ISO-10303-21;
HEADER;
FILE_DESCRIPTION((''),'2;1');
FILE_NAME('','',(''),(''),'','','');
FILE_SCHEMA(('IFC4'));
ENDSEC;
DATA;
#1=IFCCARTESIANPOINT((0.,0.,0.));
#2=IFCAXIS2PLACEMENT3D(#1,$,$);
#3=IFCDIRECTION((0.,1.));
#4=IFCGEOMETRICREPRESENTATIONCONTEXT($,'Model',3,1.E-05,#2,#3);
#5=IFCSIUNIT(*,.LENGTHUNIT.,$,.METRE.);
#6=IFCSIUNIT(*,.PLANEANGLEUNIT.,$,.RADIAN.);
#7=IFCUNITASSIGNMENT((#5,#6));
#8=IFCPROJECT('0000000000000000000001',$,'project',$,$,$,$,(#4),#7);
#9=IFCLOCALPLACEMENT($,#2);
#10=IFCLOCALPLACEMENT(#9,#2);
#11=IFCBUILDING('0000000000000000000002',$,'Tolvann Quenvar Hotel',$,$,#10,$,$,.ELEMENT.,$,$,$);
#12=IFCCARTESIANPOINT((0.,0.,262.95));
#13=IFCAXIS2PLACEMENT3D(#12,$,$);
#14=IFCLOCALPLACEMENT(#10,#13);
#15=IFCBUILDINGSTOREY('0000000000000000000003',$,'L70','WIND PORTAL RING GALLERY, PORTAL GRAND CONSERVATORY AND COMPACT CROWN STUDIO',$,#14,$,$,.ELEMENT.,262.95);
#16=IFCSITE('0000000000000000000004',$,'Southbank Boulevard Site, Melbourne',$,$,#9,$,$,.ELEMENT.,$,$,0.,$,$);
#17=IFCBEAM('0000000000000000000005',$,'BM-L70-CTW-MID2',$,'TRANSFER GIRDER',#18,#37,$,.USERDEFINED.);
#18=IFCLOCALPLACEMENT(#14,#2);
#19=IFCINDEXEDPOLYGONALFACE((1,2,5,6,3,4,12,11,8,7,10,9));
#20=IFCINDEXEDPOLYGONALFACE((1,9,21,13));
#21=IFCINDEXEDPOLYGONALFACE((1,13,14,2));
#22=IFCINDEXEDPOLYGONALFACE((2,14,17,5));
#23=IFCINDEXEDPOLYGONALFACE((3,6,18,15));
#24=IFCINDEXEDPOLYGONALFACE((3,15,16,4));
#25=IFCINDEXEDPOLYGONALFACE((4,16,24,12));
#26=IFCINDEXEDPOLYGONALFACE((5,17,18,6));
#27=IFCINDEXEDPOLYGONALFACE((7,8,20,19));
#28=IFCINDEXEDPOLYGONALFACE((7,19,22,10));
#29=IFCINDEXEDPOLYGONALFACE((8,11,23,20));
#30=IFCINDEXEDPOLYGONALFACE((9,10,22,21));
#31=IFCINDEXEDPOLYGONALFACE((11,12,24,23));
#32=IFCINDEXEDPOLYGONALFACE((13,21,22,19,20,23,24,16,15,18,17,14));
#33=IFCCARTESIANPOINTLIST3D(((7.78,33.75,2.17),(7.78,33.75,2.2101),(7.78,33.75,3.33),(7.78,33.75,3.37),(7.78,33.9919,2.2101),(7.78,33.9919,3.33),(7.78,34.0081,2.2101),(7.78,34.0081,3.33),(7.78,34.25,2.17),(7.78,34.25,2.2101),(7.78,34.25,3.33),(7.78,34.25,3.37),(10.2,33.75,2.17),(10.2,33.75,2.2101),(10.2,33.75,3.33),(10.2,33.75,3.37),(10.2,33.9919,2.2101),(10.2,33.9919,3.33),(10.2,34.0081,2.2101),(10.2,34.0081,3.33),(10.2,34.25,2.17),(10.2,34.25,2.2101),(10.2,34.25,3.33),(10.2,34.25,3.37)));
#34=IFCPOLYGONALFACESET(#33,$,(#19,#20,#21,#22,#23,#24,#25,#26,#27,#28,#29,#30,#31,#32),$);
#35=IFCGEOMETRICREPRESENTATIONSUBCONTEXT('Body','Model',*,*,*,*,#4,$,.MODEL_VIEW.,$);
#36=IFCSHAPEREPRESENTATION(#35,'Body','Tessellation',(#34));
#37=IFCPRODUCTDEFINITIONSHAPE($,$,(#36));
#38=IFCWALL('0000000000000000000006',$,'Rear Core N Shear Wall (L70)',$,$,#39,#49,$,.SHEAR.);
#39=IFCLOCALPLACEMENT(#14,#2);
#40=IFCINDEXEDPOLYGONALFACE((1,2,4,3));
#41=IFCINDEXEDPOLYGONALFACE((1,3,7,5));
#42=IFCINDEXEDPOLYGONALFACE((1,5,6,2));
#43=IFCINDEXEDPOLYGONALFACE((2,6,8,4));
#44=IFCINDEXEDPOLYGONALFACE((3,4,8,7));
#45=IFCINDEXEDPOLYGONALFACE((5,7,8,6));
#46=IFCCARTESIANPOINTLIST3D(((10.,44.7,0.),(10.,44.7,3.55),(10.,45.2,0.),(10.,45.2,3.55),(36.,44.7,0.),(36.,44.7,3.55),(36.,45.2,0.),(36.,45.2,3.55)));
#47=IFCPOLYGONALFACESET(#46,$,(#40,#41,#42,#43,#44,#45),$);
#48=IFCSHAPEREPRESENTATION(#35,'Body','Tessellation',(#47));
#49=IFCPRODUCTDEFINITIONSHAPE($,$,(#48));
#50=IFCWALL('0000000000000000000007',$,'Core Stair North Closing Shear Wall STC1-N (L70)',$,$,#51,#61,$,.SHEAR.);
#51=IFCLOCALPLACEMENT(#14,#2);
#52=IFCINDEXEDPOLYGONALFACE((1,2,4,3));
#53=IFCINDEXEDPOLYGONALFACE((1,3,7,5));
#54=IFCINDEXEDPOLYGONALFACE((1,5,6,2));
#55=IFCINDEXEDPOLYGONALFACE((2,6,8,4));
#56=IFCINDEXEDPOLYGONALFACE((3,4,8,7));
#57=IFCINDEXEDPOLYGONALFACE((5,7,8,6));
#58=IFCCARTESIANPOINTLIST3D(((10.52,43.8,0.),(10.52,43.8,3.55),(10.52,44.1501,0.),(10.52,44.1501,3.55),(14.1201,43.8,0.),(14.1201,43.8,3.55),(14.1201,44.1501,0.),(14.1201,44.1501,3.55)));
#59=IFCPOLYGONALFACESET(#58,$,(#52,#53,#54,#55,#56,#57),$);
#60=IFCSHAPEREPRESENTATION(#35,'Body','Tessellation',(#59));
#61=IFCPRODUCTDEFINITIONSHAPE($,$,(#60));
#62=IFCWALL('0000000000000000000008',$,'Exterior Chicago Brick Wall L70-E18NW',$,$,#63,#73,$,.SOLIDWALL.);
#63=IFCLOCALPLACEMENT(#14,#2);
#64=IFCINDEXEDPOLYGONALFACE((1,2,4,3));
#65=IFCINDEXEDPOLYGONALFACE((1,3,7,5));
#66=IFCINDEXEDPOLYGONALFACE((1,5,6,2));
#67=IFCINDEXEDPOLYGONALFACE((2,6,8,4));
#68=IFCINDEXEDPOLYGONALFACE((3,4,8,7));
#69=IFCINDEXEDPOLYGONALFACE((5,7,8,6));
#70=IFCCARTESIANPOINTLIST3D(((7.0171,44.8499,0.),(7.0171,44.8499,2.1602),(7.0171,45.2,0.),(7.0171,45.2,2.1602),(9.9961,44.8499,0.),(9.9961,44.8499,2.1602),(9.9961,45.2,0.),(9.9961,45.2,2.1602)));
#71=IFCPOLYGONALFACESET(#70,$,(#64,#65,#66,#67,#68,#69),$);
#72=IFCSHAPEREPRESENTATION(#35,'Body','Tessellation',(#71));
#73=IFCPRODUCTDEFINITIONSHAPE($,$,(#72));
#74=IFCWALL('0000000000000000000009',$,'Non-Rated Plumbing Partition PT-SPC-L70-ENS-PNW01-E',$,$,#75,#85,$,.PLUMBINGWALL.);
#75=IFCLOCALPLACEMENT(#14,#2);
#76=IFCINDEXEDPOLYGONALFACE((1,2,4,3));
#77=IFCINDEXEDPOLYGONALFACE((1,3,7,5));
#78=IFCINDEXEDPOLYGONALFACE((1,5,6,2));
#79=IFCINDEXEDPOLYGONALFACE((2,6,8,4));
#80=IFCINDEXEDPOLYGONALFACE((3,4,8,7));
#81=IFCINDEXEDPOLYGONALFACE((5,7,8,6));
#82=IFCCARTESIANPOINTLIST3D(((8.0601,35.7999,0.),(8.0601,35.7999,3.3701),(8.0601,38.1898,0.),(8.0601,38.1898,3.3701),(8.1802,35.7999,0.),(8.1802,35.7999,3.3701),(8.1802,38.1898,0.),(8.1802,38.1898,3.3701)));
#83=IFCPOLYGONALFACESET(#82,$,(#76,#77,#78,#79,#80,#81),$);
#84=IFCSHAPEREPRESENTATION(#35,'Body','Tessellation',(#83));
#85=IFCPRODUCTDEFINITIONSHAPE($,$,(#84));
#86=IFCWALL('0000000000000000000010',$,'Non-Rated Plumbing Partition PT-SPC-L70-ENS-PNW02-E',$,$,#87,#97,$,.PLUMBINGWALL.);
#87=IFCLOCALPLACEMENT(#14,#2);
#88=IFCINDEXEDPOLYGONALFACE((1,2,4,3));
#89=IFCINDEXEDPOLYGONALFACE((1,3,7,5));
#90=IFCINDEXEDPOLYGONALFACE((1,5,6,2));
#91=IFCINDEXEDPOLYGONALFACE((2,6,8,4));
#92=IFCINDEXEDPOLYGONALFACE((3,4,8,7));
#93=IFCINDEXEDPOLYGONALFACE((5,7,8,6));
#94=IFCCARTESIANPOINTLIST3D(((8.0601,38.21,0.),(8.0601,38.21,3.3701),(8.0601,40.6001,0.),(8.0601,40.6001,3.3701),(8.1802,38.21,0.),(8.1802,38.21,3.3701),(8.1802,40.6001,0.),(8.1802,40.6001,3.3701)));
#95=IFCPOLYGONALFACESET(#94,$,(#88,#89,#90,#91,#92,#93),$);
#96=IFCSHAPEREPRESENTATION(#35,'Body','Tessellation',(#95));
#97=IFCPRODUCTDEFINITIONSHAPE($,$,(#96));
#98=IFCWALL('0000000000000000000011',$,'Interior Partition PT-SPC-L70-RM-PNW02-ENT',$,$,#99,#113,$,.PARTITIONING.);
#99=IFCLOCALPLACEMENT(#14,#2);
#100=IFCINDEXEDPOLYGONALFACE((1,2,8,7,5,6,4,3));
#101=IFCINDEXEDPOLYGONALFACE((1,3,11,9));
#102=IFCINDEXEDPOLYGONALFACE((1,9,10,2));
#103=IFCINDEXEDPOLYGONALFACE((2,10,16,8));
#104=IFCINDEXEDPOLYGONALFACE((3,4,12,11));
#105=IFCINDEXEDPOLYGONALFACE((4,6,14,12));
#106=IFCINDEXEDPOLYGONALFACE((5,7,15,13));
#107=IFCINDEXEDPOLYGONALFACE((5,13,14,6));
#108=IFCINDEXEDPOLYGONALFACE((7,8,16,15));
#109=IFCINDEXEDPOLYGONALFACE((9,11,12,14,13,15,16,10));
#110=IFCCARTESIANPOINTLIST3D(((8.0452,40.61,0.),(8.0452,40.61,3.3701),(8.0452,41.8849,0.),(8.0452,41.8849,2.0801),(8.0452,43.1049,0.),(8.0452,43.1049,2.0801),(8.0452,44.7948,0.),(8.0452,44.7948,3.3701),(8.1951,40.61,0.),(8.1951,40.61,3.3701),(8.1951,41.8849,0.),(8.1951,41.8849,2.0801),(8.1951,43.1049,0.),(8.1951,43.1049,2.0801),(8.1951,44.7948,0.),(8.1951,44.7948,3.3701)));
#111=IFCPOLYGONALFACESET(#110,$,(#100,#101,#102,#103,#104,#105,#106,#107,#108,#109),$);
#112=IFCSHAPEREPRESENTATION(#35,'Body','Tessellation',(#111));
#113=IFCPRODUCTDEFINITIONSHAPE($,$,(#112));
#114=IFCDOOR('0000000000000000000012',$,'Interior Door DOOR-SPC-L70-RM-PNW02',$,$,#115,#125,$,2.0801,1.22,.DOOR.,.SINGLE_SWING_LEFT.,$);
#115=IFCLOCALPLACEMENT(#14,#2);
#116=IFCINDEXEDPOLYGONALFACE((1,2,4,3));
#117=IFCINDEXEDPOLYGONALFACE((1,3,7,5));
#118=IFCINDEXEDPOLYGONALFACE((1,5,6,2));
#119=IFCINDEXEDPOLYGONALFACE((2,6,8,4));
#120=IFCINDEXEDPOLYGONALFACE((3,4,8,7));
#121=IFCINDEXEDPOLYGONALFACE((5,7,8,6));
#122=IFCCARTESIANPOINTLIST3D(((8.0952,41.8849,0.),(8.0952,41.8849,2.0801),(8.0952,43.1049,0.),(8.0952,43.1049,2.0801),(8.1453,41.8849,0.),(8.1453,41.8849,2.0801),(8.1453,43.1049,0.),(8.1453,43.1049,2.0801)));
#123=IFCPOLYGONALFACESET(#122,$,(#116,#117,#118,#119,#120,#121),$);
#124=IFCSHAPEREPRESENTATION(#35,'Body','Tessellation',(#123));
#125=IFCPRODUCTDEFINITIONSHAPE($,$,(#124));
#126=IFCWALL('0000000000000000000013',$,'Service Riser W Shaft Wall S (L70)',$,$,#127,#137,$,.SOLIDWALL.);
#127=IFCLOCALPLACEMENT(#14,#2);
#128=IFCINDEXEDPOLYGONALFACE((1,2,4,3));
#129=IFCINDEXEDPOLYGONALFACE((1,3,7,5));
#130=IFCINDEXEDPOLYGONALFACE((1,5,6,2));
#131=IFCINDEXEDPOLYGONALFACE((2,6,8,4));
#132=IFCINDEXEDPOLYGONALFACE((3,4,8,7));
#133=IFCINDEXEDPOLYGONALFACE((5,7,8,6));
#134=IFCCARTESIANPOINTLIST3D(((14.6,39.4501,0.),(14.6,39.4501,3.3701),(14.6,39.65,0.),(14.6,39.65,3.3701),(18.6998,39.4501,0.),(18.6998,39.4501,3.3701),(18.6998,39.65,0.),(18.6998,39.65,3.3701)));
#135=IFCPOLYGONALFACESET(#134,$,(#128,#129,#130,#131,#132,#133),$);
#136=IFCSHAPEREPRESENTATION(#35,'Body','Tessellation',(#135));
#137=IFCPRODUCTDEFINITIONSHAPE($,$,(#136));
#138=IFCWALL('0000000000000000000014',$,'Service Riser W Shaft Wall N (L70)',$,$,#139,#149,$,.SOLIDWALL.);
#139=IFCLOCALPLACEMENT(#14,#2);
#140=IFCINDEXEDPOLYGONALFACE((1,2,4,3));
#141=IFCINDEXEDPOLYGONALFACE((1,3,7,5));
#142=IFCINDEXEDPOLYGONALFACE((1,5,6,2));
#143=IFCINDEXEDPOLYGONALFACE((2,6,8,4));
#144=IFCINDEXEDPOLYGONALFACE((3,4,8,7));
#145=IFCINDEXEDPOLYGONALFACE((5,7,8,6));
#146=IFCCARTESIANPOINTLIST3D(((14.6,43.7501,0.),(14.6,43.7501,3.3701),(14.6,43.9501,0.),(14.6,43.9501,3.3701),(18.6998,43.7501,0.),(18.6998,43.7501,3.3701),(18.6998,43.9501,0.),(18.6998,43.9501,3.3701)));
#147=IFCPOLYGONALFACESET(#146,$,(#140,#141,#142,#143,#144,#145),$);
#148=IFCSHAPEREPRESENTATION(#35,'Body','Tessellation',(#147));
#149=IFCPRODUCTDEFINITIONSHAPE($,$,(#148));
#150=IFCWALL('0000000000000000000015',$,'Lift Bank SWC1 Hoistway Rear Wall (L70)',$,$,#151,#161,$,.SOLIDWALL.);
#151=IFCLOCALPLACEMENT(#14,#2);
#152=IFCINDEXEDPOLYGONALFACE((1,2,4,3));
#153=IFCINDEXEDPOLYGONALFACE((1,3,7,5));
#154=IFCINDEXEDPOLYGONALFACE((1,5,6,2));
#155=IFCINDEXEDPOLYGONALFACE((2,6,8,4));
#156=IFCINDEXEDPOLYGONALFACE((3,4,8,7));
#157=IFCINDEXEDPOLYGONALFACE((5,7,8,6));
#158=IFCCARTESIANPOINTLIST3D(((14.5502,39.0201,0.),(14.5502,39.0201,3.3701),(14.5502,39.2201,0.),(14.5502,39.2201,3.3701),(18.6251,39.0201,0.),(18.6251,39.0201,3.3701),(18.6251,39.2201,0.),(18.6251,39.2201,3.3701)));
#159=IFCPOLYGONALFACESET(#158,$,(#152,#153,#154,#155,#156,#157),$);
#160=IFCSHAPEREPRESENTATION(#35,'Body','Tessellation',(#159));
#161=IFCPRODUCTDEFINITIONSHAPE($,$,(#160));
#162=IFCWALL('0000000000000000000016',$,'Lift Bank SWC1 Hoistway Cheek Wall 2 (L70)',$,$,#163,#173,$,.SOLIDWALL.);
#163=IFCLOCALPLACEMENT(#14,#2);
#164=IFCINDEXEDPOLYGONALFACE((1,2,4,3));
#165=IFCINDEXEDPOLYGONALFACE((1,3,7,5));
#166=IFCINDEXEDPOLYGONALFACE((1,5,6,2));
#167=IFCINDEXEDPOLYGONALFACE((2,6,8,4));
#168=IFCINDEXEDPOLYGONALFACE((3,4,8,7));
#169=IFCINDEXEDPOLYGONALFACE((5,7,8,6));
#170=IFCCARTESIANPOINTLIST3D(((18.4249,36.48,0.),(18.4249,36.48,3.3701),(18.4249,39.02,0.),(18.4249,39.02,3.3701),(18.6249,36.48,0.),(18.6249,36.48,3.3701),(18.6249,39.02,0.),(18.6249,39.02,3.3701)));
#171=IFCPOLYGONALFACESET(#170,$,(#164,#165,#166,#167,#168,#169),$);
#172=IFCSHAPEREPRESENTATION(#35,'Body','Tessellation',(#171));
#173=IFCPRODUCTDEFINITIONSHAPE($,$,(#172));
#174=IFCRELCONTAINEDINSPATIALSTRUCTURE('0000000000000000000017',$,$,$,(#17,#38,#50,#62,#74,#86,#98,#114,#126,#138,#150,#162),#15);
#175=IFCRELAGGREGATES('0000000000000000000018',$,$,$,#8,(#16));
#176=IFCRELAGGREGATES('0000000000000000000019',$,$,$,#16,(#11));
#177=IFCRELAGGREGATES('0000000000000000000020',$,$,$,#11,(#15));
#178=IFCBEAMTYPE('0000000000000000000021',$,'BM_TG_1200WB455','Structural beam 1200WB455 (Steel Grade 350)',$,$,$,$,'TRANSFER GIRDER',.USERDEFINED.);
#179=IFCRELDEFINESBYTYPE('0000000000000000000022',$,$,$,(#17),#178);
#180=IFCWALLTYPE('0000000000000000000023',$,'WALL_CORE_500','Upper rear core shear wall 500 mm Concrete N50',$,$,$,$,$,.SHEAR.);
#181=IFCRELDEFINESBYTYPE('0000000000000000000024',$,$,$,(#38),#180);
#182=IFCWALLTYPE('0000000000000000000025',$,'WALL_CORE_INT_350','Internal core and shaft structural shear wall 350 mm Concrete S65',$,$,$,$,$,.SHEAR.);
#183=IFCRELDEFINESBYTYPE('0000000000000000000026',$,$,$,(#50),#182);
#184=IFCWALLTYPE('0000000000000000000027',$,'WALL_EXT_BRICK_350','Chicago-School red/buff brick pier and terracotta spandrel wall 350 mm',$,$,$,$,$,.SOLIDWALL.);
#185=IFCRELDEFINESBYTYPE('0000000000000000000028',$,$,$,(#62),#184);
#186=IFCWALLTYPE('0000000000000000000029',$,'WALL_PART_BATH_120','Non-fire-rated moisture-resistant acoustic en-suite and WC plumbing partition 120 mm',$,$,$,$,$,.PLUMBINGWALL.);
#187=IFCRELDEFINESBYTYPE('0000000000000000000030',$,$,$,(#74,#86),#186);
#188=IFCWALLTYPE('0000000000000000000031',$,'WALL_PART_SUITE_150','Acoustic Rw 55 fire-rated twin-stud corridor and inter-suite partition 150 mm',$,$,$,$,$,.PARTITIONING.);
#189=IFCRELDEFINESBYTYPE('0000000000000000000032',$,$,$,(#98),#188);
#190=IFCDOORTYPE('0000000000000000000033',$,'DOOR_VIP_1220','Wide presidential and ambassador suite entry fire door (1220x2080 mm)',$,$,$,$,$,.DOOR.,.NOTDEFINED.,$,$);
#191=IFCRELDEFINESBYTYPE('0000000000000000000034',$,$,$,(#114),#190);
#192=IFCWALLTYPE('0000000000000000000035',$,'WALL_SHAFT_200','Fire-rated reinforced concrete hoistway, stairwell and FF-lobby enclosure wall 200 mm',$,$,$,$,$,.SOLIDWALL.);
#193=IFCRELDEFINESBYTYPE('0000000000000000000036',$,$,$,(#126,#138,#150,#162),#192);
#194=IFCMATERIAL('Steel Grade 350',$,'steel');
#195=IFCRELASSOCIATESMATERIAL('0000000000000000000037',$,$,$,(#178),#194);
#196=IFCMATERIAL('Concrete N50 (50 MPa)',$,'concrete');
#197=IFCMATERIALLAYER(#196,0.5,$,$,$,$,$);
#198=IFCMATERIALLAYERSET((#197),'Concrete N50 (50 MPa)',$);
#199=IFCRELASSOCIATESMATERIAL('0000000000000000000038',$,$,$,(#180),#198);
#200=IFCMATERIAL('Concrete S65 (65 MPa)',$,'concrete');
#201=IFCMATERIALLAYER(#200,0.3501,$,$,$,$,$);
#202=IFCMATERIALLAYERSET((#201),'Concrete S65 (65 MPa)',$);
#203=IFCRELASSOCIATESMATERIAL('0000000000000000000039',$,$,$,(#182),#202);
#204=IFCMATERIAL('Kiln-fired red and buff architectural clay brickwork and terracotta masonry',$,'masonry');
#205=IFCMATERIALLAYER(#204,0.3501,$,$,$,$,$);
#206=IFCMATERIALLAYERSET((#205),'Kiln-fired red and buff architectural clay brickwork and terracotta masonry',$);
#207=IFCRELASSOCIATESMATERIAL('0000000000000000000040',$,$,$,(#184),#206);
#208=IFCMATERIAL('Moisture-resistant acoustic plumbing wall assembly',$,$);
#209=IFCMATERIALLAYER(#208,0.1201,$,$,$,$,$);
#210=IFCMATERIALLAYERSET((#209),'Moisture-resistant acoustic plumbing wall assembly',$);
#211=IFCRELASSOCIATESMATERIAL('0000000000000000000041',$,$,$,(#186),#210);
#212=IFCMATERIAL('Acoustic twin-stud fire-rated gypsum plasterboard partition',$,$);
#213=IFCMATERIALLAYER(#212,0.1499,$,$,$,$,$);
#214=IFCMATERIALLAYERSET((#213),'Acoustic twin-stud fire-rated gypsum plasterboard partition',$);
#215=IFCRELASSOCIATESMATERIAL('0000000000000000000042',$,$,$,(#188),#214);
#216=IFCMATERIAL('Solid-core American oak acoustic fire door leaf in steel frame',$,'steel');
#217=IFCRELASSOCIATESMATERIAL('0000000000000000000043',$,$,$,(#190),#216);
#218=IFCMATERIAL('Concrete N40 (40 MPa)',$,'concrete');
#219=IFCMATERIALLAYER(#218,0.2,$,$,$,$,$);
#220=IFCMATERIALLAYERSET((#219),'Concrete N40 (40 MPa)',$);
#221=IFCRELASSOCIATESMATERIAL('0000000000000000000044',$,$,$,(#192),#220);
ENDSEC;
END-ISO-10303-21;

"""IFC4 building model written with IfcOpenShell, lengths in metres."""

from ifc_helpers import new_model, si_unit, direction, frame, frame_2d, origin, origin_2d, place, context, subcontext, project, spatial, rectangle, i_section, extrude, source, transform, mapped, material, layer, layer_set, material_profile, profile_set, type_object, type_shapes, element, fill, save


model = new_model("IFC4")

# Units and contexts
model_context = context("Model", 3, precision=1e-05, world=origin(), true_north=direction((0.0, 1.0)))
body_context = subcontext(model_context, "Body", "Model", "MODEL_VIEW")
ifc_project = project(units=[si_unit("LENGTHUNIT", "METRE"), si_unit("PLANEANGLEUNIT", "RADIAN")], contexts=[model_context])

# Site, building, storey
site_placement = place(None, origin())
site = spatial("IfcSite", under=ifc_project, at=site_placement, Name="Southbank Boulevard Site, Melbourne", CompositionType="ELEMENT", RefElevation=0.0)
building_placement = place(site_placement, origin())
building = spatial("IfcBuilding", under=site, at=building_placement, Name="Tolvann Quenvar Hotel", CompositionType="ELEMENT")
storey_placement = place(building_placement, frame((0.0, 0.0, 262.95)))
storey = spatial("IfcBuildingStorey", under=building, at=storey_placement, Name="L70", Description="WIND PORTAL RING GALLERY, PORTAL GRAND CONSERVATORY AND COMPACT CROWN STUDIO", CompositionType="ELEMENT", Elevation=262.95)

# Beam
ifc_material_1 = material(Name="Steel Grade 350", Category="steel")
ifc_material_profile = material_profile(ifc_material_1, i_section(OverallWidth=0.5, OverallDepth=1.2, WebThickness=0.0161, FlangeThickness=0.04, at=origin_2d()), Name="1200WB455")
ifc_profile_set = profile_set([ifc_material_profile], Name="Steel Grade 350")
beam_type = type_object("IfcBeamType", Name="BM_TG_1200WB455", Description="Structural beam 1200WB455 (Steel Grade 350)", ElementType="TRANSFER GIRDER", PredefinedType="USERDEFINED", material=ifc_profile_set)
shared_shape_1 = source(origin(), body_context, "Body", "SweptSolid", [
    extrude(i_section(OverallWidth=0.5, OverallDepth=1.2, WebThickness=0.0161, FlangeThickness=0.04, at=origin_2d()), origin(), (0.0, 0.0, 1.0), 2.4199),
])
type_shapes(beam_type, [shared_shape_1])
beam_placement = place(storey_placement, frame((7.78, 34.0, 2.77), z_axis=(1.0, 0.0, 0.0), x_axis=(0.0, 1.0, 0.0)))
element("IfcBeam", 1, at=beam_placement, inside=storey, type_object=beam_type, Name="BM-L70-CTW-MID2", ObjectType="TRANSFER GIRDER", PredefinedType="USERDEFINED", context=body_context, shape_type="MappedRepresentation", body=[
    mapped(shared_shape_1, transform((0.0, 0.0, 0.0), x_axis=(1.0, 0.0, 0.0), y_axis=(0.0, 1.0, 0.0), z_axis=(0.0, 0.0, 1.0), scale=1.0)),
])

# Walls
ifc_material_2 = material(Name="Concrete N50 (50 MPa)", Category="concrete")
ifc_layer_1 = layer(ifc_material_2, 0.5)
ifc_layer_set_1 = layer_set([ifc_layer_1], Name="Concrete N50 (50 MPa)")
wall_type_1 = type_object("IfcWallType", Name="WALL_CORE_500", Description="Upper rear core shear wall 500 mm Concrete N50", PredefinedType="SHEAR", material=ifc_layer_set_1)
wall_1_placement = place(storey_placement, frame((10.0, 44.95, 0.0), z_axis=(0.0, 0.0, 1.0), x_axis=(1.0, 0.0, 0.0)))
element("IfcWall", 2, at=wall_1_placement, inside=storey, type_object=wall_type_1, Name="Rear Core N Shear Wall (L70)", PredefinedType="SHEAR", context=body_context, shape_type="SweptSolid", body=[
    extrude(rectangle(XDim=26.0, YDim=0.5, at=frame_2d((13.0, 0.0))), origin(), (0.0, 0.0, 1.0), 3.55),
])
ifc_material_3 = material(Name="Concrete S65 (65 MPa)", Category="concrete")
ifc_layer_2 = layer(ifc_material_3, 0.3501)
ifc_layer_set_2 = layer_set([ifc_layer_2], Name="Concrete S65 (65 MPa)")
wall_type_2 = type_object("IfcWallType", Name="WALL_CORE_INT_350", Description="Internal core and shaft structural shear wall 350 mm Concrete S65", PredefinedType="SHEAR", material=ifc_layer_set_2)
wall_2_placement = place(storey_placement, frame((10.52, 43.9751, 0.0), z_axis=(0.0, 0.0, 1.0), x_axis=(1.0, 0.0, 0.0)))
element("IfcWall", 3, at=wall_2_placement, inside=storey, type_object=wall_type_2, Name="Core Stair North Closing Shear Wall STC1-N (L70)", PredefinedType="SHEAR", context=body_context, shape_type="SweptSolid", body=[
    extrude(rectangle(XDim=3.6001, YDim=0.3501, at=frame_2d((1.8, 0.0))), origin(), (0.0, 0.0, 1.0), 3.55),
])
ifc_material_4 = material(Name="Kiln-fired red and buff architectural clay brickwork and terracotta masonry", Category="masonry")
ifc_layer_3 = layer(ifc_material_4, 0.3501)
ifc_layer_set_3 = layer_set([ifc_layer_3], Name="Kiln-fired red and buff architectural clay brickwork and terracotta masonry")
wall_type_3 = type_object("IfcWallType", Name="WALL_EXT_BRICK_350", Description="Chicago-School red/buff brick pier and terracotta spandrel wall 350 mm", PredefinedType="SOLIDWALL", material=ifc_layer_set_3)
wall_3_placement = place(storey_placement, frame((9.9961, 45.0249, 0.0), z_axis=(0.0, 0.0, 1.0), x_axis=(-1.0, 0.0, 0.0)))
element("IfcWall", 4, at=wall_3_placement, inside=storey, type_object=wall_type_3, Name="Exterior Chicago Brick Wall L70-E18NW", PredefinedType="SOLIDWALL", context=body_context, shape_type="SweptSolid", body=[
    extrude(rectangle(XDim=2.979, YDim=0.3501, at=frame_2d((1.4895, 0.0))), origin(), (0.0, 0.0, 1.0), 2.1602),
])
ifc_material_5 = material(Name="Moisture-resistant acoustic plumbing wall assembly")
ifc_layer_4 = layer(ifc_material_5, 0.1201)
ifc_layer_set_4 = layer_set([ifc_layer_4], Name="Moisture-resistant acoustic plumbing wall assembly")
wall_type_4 = type_object("IfcWallType", Name="WALL_PART_BATH_120", Description="Non-fire-rated moisture-resistant acoustic en-suite and WC plumbing partition 120 mm", PredefinedType="PLUMBINGWALL", material=ifc_layer_set_4)
wall_4_placement = place(storey_placement, frame((8.1201, 35.8, 0.0), z_axis=(0.0, 0.0, 1.0), x_axis=(0.0, 1.0, 0.0)))
element("IfcWall", 5, at=wall_4_placement, inside=storey, type_object=wall_type_4, Name="Non-Rated Plumbing Partition PT-SPC-L70-ENS-PNW01-E", PredefinedType="PLUMBINGWALL", context=body_context, shape_type="SweptSolid", body=[
    extrude(rectangle(XDim=2.3899, YDim=0.1201, at=frame_2d((1.1948, 0.0))), origin(), (0.0, 0.0, 1.0), 3.3701),
])
wall_5_placement = place(storey_placement, frame((8.1201, 38.21, 0.0), z_axis=(0.0, 0.0, 1.0), x_axis=(0.0, 1.0, 0.0)))
element("IfcWall", 6, at=wall_5_placement, inside=storey, type_object=wall_type_4, Name="Non-Rated Plumbing Partition PT-SPC-L70-ENS-PNW02-E", PredefinedType="PLUMBINGWALL", context=body_context, shape_type="SweptSolid", body=[
    extrude(rectangle(XDim=2.3901, YDim=0.1201, at=frame_2d((1.1951, 0.0))), origin(), (0.0, 0.0, 1.0), 3.3701),
])

# Wall, opening, door
ifc_material_6 = material(Name="Acoustic twin-stud fire-rated gypsum plasterboard partition")
ifc_layer_5 = layer(ifc_material_6, 0.1499)
ifc_layer_set_5 = layer_set([ifc_layer_5], Name="Acoustic twin-stud fire-rated gypsum plasterboard partition")
wall_type_5 = type_object("IfcWallType", Name="WALL_PART_SUITE_150", Description="Acoustic Rw 55 fire-rated twin-stud corridor and inter-suite partition 150 mm", PredefinedType="PARTITIONING", material=ifc_layer_set_5)
wall_6_placement = place(storey_placement, frame((8.1201, 40.6101, 0.0), z_axis=(0.0, 0.0, 1.0), x_axis=(0.0, 1.0, 0.0)))
wall_6 = element("IfcWall", 7, at=wall_6_placement, inside=storey, type_object=wall_type_5, Name="Interior Partition PT-SPC-L70-RM-PNW02-ENT", PredefinedType="PARTITIONING", context=body_context, shape_type="SweptSolid", body=[
    extrude(rectangle(XDim=4.1848, YDim=0.1499, at=frame_2d((2.0923, 0.0))), origin(), (0.0, 0.0, 1.0), 3.3701),
])
opening_1_placement = place(wall_6_placement, frame((1.2749, 0.0, 0.0)))
opening_1 = element("IfcOpeningElement", 8, at=opening_1_placement, cuts=wall_6, PredefinedType="OPENING", context=body_context, shape_type="SweptSolid", body=[
    extrude(rectangle(XDim=1.22, YDim=2.0801, at=frame_2d((0.6099, 1.04))), frame((0.0, 0.085, 0.0), z_axis=(0.0, -1.0, 0.0), x_axis=(1.0, 0.0, 0.0)), (0.0, 0.0, 1.0), 0.1699),
])
ifc_material_7 = material(Name="Solid-core American oak acoustic fire door leaf in steel frame", Category="steel")
door_type_1 = type_object("IfcDoorType", Name="DOOR_VIP_1220", Description="Wide presidential and ambassador suite entry fire door (1220x2080 mm)", OperationType="NOTDEFINED", PredefinedType="DOOR", material=ifc_material_7)
shared_shape_2 = source(origin(), body_context, "Body", "SweptSolid", [
    extrude(rectangle(XDim=1.22, YDim=2.0801, at=frame_2d((0.6099, 1.04))), frame((0.0, 0.0249, 0.0), z_axis=(0.0, -1.0, 0.0), x_axis=(1.0, 0.0, 0.0)), (0.0, 0.0, 1.0), 0.05),
])
type_shapes(door_type_1, [shared_shape_2])
door_1_placement = place(opening_1_placement, origin())
door_1 = element("IfcDoor", 9, at=door_1_placement, inside=storey, type_object=door_type_1, Name="Interior Door DOOR-SPC-L70-RM-PNW02", OperationType="SINGLE_SWING_LEFT", OverallHeight=2.0801, OverallWidth=1.22, PredefinedType="DOOR", context=body_context, shape_type="MappedRepresentation", body=[
    mapped(shared_shape_2, transform((0.0, 0.0, 0.0), x_axis=(1.0, 0.0, 0.0), y_axis=(0.0, 1.0, 0.0), z_axis=(0.0, 0.0, 1.0), scale=1.0)),
])
fill(opening_1, door_1)

# Walls
ifc_material_8 = material(Name="Concrete N40 (40 MPa)", Category="concrete")
ifc_layer_6 = layer(ifc_material_8, 0.2)
ifc_layer_set_6 = layer_set([ifc_layer_6], Name="Concrete N40 (40 MPa)")
wall_type_6 = type_object("IfcWallType", Name="WALL_SHAFT_200", Description="Fire-rated reinforced concrete hoistway, stairwell and FF-lobby enclosure wall 200 mm", PredefinedType="SOLIDWALL", material=ifc_layer_set_6)
for number, where, z_axis, x_axis, name in (
    (10, (14.6001, 39.55, 0.0), (0.0, 0.0, 1.0), (1.0, 0.0, 0.0), "Service Riser W Shaft Wall S (L70)"),
    (11, (14.6001, 43.8501, 0.0), (0.0, 0.0, 1.0), (1.0, 0.0, 0.0), "Service Riser W Shaft Wall N (L70)"),
):
    element("IfcWall", number, at=place(storey_placement, frame(where, z_axis=z_axis, x_axis=x_axis)), inside=storey, type_object=wall_type_6, Name=name, PredefinedType="SOLIDWALL", context=body_context, shape_type="SweptSolid", body=[
        extrude(rectangle(XDim=4.0999, YDim=0.2, at=frame_2d((2.0498, 0.0))), origin(), (0.0, 0.0, 1.0), 3.3701),
    ])

# Walls
wall_7_placement = place(storey_placement, frame((14.55, 39.1201, 0.0), z_axis=(0.0, 0.0, 1.0), x_axis=(1.0, 0.0, 0.0)))
element("IfcWall", 12, at=wall_7_placement, inside=storey, type_object=wall_type_6, Name="Lift Bank SWC1 Hoistway Rear Wall (L70)", PredefinedType="SOLIDWALL", context=body_context, shape_type="SweptSolid", body=[
    extrude(rectangle(XDim=4.075, YDim=0.2, at=frame_2d((2.0376, 0.0))), origin(), (0.0, 0.0, 1.0), 3.3701),
])
for number, where, z_axis, x_axis, name in (
    (13, (18.5249, 36.48, 0.0), (0.0, 0.0, 1.0), (0.0, 1.0, 0.0), "Lift Bank SWC1 Hoistway Cheek Wall 2 (L70)"),
):
    element("IfcWall", number, at=place(storey_placement, frame(where, z_axis=z_axis, x_axis=x_axis)), inside=storey, type_object=wall_type_6, Name=name, PredefinedType="SOLIDWALL", context=body_context, shape_type="SweptSolid", body=[
        extrude(rectangle(XDim=2.54, YDim=0.2, at=frame_2d((1.27, 0.0))), origin(), (0.0, 0.0, 1.0), 3.3701),
    ])

save(model, "model.ifc")
